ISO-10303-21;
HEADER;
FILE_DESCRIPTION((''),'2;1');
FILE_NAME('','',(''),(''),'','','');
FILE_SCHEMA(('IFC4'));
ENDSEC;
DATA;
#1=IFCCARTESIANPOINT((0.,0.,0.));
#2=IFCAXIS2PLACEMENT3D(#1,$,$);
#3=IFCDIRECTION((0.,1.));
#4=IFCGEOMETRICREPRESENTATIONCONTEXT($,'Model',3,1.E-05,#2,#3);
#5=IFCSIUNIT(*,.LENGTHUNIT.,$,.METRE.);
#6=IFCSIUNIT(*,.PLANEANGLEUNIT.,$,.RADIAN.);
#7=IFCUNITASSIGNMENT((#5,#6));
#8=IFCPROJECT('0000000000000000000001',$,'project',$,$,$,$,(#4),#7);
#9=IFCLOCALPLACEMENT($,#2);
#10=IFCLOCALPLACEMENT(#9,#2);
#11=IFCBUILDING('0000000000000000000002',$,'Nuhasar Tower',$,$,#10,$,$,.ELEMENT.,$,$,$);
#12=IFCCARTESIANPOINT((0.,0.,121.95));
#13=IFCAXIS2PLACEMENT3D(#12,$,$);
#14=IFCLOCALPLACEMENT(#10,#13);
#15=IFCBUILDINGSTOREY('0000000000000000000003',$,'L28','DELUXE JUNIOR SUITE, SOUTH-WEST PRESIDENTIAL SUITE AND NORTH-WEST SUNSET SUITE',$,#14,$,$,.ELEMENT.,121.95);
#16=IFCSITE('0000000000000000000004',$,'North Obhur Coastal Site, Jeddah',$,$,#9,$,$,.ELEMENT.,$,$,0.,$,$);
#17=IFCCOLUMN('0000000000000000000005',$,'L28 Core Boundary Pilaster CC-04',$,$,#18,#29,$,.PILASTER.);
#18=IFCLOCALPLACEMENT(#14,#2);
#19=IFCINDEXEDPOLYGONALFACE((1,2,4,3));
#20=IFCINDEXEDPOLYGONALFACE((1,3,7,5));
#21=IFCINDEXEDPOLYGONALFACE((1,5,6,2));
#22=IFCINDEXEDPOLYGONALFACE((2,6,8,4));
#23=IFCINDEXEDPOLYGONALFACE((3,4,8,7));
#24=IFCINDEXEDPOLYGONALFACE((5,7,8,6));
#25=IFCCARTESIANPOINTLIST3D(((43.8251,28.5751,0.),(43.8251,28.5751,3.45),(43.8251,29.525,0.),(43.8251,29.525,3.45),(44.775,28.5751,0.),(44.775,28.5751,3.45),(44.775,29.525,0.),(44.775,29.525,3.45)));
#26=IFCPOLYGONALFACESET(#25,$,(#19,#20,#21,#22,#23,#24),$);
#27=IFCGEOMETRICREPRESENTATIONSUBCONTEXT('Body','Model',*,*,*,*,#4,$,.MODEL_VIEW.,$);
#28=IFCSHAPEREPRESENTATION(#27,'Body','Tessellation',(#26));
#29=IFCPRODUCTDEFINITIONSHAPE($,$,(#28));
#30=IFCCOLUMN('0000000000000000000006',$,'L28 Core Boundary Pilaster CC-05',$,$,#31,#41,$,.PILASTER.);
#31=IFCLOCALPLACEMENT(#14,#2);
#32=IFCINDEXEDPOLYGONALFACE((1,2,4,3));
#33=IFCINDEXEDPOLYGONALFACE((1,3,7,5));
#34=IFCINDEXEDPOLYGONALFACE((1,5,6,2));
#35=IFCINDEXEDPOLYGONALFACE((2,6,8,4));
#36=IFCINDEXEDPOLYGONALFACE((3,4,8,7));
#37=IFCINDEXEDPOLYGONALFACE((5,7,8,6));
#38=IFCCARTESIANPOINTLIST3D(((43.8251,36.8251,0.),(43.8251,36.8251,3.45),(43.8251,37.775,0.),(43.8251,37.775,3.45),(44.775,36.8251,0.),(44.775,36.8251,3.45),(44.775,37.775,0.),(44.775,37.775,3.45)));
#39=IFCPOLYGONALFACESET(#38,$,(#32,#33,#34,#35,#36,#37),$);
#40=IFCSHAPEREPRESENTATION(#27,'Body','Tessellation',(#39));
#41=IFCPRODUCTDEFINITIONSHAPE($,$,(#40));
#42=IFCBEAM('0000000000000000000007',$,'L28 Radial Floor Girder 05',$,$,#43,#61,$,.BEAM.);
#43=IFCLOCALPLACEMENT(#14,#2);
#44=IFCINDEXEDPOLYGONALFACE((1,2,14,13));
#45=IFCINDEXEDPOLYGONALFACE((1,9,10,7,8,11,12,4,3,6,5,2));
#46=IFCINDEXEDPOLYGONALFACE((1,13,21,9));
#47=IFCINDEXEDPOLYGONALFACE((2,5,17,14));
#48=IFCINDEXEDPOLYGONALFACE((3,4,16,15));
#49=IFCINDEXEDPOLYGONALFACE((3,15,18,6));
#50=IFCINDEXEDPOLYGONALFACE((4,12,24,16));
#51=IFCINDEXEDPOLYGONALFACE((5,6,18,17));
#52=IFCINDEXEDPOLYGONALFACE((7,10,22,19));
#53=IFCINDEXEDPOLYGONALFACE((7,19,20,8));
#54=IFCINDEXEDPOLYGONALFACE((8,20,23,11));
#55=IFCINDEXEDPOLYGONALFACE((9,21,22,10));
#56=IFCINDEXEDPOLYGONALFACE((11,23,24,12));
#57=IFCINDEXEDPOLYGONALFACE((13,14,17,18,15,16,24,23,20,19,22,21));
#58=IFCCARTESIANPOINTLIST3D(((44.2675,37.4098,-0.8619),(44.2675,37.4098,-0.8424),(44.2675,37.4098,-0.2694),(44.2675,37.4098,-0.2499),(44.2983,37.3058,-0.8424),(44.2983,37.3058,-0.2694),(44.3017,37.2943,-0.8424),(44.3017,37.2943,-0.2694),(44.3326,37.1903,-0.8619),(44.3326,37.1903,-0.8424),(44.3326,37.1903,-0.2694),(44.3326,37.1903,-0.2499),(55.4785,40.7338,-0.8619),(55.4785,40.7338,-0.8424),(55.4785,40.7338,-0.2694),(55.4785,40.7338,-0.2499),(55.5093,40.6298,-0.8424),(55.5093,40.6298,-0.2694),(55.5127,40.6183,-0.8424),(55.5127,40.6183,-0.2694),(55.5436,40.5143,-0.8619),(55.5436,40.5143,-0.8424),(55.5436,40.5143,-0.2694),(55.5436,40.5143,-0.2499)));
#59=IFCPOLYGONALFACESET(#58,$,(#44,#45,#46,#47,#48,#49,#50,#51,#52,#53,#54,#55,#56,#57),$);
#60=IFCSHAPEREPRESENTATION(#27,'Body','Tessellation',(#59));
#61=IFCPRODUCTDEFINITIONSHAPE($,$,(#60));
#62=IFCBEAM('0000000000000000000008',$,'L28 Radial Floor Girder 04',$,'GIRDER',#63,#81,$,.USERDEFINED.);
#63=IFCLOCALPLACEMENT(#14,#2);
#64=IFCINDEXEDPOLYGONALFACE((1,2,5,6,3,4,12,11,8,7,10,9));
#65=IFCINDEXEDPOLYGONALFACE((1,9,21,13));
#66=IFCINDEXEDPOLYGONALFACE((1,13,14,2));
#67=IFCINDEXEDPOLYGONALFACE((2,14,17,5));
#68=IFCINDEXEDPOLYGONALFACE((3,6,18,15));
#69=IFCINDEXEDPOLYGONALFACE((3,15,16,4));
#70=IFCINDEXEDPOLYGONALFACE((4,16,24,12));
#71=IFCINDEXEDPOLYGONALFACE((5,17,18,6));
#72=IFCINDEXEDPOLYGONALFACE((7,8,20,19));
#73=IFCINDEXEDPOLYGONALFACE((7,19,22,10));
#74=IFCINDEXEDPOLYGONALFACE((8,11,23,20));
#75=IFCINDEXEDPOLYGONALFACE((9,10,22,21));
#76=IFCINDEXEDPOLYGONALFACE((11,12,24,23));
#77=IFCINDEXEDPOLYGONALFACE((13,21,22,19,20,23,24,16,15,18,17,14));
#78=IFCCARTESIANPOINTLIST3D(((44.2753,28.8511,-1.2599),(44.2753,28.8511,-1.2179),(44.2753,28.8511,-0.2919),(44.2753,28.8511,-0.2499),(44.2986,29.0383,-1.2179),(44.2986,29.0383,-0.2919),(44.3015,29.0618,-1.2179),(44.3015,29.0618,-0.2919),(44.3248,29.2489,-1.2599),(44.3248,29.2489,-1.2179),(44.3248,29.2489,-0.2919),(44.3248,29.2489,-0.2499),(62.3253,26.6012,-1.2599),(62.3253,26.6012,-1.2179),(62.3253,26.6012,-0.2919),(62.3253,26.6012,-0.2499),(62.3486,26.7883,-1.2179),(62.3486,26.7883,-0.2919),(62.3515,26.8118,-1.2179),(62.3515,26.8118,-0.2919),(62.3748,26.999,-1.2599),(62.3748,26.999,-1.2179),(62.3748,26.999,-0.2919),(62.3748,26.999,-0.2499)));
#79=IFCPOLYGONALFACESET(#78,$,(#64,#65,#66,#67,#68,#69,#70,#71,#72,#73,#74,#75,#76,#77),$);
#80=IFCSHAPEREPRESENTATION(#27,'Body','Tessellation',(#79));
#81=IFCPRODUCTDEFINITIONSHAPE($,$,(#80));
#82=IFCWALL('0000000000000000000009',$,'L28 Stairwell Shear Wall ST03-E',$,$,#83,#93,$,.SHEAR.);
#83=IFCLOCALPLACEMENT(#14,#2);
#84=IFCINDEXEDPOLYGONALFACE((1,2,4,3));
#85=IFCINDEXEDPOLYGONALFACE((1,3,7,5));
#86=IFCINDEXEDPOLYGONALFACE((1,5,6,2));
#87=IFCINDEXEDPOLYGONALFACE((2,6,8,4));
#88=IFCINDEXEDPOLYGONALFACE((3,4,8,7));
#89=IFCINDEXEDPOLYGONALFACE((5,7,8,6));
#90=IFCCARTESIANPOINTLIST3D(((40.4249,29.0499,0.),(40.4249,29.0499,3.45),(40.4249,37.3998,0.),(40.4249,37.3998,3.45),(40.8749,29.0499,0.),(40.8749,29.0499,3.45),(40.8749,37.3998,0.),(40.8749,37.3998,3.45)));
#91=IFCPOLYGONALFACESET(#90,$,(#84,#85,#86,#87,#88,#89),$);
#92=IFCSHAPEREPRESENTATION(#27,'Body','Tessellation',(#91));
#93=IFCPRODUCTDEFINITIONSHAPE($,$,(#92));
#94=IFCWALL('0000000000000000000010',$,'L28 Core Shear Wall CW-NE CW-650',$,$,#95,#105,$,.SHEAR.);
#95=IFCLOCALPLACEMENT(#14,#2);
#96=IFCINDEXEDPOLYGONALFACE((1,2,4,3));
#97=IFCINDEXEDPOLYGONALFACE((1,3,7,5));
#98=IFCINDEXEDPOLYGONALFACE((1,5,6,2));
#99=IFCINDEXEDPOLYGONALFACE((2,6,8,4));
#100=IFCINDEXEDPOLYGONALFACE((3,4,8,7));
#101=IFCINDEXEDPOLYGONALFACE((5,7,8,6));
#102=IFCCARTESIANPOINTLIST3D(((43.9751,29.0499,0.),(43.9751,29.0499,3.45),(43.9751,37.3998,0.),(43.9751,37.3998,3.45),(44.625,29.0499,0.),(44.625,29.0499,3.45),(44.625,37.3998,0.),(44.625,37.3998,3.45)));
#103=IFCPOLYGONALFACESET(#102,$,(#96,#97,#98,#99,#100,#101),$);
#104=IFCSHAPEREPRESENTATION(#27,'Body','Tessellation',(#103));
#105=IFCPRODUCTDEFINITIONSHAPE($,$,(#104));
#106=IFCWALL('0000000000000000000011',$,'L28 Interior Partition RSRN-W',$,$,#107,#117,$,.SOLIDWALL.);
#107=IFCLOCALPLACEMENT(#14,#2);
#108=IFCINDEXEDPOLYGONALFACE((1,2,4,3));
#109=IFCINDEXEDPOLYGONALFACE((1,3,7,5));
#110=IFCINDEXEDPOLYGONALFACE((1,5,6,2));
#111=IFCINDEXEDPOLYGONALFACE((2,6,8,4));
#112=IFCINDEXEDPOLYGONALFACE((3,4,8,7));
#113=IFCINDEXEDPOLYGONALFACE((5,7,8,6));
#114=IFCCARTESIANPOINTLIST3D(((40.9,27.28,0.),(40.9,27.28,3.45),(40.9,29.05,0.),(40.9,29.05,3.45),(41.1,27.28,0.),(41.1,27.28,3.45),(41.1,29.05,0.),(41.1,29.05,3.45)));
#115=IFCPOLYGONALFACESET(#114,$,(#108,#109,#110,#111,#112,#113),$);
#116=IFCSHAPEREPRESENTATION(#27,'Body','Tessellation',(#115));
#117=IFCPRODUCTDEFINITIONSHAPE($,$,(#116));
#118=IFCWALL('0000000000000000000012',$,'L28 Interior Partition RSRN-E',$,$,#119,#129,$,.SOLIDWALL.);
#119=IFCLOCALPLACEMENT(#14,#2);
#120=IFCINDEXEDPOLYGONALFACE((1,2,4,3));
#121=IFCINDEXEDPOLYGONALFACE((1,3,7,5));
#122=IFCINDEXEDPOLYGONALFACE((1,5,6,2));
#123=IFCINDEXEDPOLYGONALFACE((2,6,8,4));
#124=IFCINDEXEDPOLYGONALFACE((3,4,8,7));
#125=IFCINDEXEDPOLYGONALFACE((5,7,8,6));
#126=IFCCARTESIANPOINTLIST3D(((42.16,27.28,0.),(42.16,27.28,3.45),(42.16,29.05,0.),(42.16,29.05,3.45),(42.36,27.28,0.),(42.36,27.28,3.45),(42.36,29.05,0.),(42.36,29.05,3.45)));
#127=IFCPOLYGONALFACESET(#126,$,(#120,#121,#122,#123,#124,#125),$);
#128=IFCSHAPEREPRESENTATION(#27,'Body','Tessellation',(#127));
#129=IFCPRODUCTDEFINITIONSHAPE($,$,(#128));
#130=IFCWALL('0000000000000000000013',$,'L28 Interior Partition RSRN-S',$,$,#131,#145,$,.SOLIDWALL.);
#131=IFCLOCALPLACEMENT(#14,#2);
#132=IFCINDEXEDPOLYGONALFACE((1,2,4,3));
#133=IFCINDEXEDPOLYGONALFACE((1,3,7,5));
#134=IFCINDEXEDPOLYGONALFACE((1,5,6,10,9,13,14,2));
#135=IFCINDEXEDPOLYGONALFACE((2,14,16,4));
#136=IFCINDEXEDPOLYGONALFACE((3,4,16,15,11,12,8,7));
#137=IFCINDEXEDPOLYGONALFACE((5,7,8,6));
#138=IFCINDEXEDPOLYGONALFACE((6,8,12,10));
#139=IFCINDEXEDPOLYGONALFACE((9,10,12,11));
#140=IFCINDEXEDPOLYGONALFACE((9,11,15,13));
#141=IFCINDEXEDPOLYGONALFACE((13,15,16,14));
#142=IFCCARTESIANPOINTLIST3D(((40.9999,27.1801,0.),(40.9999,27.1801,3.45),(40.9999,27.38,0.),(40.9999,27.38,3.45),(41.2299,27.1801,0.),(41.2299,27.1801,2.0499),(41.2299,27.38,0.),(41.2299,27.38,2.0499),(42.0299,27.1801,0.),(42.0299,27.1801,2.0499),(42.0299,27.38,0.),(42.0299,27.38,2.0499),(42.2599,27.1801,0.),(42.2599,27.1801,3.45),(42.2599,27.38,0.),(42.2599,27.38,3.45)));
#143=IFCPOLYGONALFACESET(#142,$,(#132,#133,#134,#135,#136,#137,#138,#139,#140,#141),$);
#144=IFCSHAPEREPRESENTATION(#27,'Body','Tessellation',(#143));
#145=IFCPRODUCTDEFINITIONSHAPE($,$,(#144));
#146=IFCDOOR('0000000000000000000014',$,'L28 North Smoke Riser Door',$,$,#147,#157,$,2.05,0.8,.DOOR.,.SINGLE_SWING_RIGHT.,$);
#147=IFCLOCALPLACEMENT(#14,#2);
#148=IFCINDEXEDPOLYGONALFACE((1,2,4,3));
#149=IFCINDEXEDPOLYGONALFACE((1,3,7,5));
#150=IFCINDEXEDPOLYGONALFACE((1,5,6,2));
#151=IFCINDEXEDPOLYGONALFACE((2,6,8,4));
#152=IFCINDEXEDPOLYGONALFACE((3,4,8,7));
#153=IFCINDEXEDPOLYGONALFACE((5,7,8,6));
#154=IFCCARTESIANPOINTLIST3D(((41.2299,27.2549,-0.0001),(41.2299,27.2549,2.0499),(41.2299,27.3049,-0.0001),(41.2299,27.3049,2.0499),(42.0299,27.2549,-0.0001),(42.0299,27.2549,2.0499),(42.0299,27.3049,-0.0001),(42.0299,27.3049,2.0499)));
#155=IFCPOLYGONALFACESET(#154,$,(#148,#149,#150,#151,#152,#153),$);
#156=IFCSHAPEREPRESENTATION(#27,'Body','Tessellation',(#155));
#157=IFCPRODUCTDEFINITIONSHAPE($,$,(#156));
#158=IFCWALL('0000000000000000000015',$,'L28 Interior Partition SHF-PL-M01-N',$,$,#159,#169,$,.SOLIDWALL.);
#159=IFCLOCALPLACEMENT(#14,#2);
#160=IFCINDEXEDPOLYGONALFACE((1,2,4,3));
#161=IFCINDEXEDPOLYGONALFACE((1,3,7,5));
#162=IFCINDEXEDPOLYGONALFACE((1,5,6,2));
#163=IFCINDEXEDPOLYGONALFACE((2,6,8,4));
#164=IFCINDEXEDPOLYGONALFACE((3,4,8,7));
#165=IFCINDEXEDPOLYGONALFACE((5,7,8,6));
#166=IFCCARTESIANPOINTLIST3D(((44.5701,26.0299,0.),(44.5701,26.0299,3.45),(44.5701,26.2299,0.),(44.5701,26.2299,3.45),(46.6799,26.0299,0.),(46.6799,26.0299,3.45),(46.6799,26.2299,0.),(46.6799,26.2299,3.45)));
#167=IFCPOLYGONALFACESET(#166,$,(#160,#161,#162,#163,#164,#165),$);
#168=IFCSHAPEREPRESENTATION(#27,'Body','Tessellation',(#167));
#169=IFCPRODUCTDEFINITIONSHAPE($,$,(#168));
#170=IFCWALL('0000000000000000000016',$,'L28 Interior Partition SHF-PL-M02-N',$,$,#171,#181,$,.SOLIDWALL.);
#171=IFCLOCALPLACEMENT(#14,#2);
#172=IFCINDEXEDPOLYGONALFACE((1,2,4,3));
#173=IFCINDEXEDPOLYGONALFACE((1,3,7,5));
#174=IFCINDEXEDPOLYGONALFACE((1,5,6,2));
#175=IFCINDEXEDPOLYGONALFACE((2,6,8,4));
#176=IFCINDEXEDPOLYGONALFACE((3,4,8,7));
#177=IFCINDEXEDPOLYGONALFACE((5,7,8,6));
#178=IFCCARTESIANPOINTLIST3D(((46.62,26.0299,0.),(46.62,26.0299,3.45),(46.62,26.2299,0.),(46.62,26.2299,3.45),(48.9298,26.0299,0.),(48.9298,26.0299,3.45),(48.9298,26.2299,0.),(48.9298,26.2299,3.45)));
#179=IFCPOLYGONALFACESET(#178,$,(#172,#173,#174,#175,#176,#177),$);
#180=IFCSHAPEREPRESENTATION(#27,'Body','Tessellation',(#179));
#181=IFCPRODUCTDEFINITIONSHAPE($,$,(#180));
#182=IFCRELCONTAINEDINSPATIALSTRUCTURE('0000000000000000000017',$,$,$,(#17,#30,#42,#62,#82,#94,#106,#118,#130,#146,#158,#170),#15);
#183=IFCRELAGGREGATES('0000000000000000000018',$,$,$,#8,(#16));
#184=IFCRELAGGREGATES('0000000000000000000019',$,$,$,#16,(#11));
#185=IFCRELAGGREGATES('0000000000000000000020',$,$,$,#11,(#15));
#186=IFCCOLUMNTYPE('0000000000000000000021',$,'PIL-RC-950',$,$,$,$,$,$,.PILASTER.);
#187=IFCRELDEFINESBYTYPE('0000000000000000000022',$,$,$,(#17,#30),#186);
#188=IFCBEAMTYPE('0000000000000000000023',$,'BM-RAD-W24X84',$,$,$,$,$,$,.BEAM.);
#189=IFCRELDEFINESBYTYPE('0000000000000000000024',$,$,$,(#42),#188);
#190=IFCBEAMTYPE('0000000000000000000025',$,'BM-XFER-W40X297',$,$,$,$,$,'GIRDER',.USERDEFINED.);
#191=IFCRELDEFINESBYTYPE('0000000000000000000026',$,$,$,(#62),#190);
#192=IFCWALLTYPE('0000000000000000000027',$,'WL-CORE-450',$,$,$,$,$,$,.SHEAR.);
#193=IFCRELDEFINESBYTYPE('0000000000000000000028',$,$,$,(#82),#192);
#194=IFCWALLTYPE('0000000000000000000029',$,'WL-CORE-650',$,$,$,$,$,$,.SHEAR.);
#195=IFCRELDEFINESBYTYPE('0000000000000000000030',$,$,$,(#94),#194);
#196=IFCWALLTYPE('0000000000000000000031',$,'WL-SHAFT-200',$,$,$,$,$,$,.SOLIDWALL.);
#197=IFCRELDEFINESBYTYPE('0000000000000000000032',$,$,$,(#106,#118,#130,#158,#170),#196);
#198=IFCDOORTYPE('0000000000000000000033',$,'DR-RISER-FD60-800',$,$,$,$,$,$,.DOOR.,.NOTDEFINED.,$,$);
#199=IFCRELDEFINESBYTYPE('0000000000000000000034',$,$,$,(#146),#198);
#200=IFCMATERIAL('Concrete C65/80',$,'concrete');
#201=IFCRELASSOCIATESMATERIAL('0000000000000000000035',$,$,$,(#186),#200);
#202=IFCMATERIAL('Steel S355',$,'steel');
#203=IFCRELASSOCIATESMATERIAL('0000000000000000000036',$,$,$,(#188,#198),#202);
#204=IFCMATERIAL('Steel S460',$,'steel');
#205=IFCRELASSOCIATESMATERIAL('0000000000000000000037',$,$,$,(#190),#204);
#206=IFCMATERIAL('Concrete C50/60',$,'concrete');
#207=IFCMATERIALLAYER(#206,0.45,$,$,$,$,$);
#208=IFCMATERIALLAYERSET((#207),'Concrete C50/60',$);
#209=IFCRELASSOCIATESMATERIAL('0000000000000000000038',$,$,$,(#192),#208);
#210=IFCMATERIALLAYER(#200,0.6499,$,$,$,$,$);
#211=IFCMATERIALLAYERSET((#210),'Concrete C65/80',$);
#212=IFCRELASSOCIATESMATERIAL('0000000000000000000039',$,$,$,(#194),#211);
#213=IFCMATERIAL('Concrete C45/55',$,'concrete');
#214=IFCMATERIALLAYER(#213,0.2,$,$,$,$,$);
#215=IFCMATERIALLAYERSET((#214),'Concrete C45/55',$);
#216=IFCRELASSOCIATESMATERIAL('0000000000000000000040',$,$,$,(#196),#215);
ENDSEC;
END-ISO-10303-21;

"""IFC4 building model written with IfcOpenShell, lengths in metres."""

from ifc_helpers import new_model, si_unit, direction, frame, frame_2d, origin, origin_2d, place, context, subcontext, project, spatial, rectangle, i_section, extrude, material, layer, layer_set, material_profile, profile_set, type_object, element, fill, save


model = new_model("IFC4")

# Units and contexts
model_context = context("Model", 3, precision=1e-05, world=origin(), true_north=direction((0.0, 1.0)))
body_context = subcontext(model_context, "Body", "Model", "MODEL_VIEW")
ifc_project = project(units=[si_unit("LENGTHUNIT", "METRE"), si_unit("PLANEANGLEUNIT", "RADIAN")], contexts=[model_context])

# Site, building, storey
site_placement = place(None, origin())
site = spatial("IfcSite", under=ifc_project, at=site_placement, Name="North Obhur Coastal Site, Jeddah", CompositionType="ELEMENT", RefElevation=0.0)
building_placement = place(site_placement, origin())
building = spatial("IfcBuilding", under=site, at=building_placement, Name="Nuhasar Tower", CompositionType="ELEMENT")
storey_placement = place(building_placement, frame((0.0, 0.0, 121.95)))
storey = spatial("IfcBuildingStorey", under=building, at=storey_placement, Name="L28", Description="DELUXE JUNIOR SUITE, SOUTH-WEST PRESIDENTIAL SUITE AND NORTH-WEST SUNSET SUITE", CompositionType="ELEMENT", Elevation=121.95)

# Columns
ifc_material_1 = material(Name="Concrete C65/80", Category="concrete")
ifc_material_profile_1 = material_profile(ifc_material_1, rectangle(XDim=0.95, YDim=0.95, at=origin_2d()), Name="RC950X950")
ifc_profile_set_1 = profile_set([ifc_material_profile_1], Name="Concrete C65/80")
column_type = type_object("IfcColumnType", Name="PIL-RC-950", PredefinedType="PILASTER", material=ifc_profile_set_1)
for number, where, z_axis, x_axis, name in (
    (1, (44.3, 29.05, 0.0), (0.0, 0.0, 1.0), (1.0, 0.0, 0.0), "L28 Core Boundary Pilaster CC-04"),
    (2, (44.3, 37.3, 0.0), (0.0, 0.0, 1.0), (1.0, 0.0, 0.0), "L28 Core Boundary Pilaster CC-05"),
):
    element("IfcColumn", number, at=place(storey_placement, frame(where, z_axis=z_axis, x_axis=x_axis)), inside=storey, type_object=column_type, Name=name, PredefinedType="PILASTER", context=body_context, shape_type="SweptSolid", body=[
        extrude(rectangle(XDim=0.95, YDim=0.95, at=origin_2d()), origin(), (0.0, 0.0, 1.0), 3.45),
    ])

# Beams
ifc_material_2 = material(Name="Steel S355", Category="steel")
ifc_material_profile_2 = material_profile(ifc_material_2, i_section(OverallWidth=0.229, OverallDepth=0.6121, WebThickness=0.012, FlangeThickness=0.0195, at=origin_2d()), Name="W24X84")
ifc_profile_set_2 = profile_set([ifc_material_profile_2], Name="Steel S355")
beam_type_1 = type_object("IfcBeamType", Name="BM-RAD-W24X84", PredefinedType="BEAM", material=ifc_profile_set_2)
beam_1_placement = place(storey_placement, frame((44.3, 37.3, -0.5559), z_axis=(0.958746, 0.284262, 0.0), x_axis=(-0.284262, 0.958746, 0.0)))
element("IfcBeam", 3, at=beam_1_placement, inside=storey, type_object=beam_type_1, Name="L28 Radial Floor Girder 05", PredefinedType="BEAM", context=body_context, shape_type="SweptSolid", body=[
    extrude(i_section(OverallWidth=0.229, OverallDepth=0.6121, WebThickness=0.012, FlangeThickness=0.0195, at=origin_2d()), origin(), (0.0, 0.0, 1.0), 11.6934),
])
ifc_material_3 = material(Name="Steel S460", Category="steel")
ifc_material_profile_3 = material_profile(ifc_material_3, i_section(OverallWidth=0.4009, OverallDepth=1.01, WebThickness=0.0237, FlangeThickness=0.042, at=origin_2d()), Name="W40X297")
ifc_profile_set_3 = profile_set([ifc_material_profile_3], Name="Steel S460")
beam_type_2 = type_object("IfcBeamType", Name="BM-XFER-W40X297", ElementType="GIRDER", PredefinedType="USERDEFINED", material=ifc_profile_set_3)
beam_2_placement = place(storey_placement, frame((44.3, 29.05, -0.7549), z_axis=(0.99232, -0.123696, 0.0), x_axis=(0.123696, 0.99232, 0.0)))
element("IfcBeam", 4, at=beam_2_placement, inside=storey, type_object=beam_type_2, Name="L28 Radial Floor Girder 04", ObjectType="GIRDER", PredefinedType="USERDEFINED", context=body_context, shape_type="SweptSolid", body=[
    extrude(i_section(OverallWidth=0.4009, OverallDepth=1.01, WebThickness=0.0237, FlangeThickness=0.042, at=origin_2d()), origin(), (0.0, 0.0, 1.0), 18.1897),
])

# Shared definitions
ifc_material_4 = material(Name="Concrete C50/60", Category="concrete")
ifc_layer_1 = layer(ifc_material_4, 0.45)
ifc_layer_set_1 = layer_set([ifc_layer_1], Name="Concrete C50/60")
wall_type_1 = type_object("IfcWallType", Name="WL-CORE-450", PredefinedType="SHEAR", material=ifc_layer_set_1)

# Walls
wall_1_placement = place(storey_placement, frame((40.6499, 29.05, 0.0), z_axis=(0.0, 0.0, 1.0), x_axis=(0.0, 1.0, 0.0)))
element("IfcWall", 5, at=wall_1_placement, inside=storey, type_object=wall_type_1, Name="L28 Stairwell Shear Wall ST03-E", PredefinedType="SHEAR", context=body_context, shape_type="SweptSolid", body=[
    extrude(rectangle(XDim=8.3499, YDim=0.45, at=frame_2d((4.1748, 0.0))), origin(), (0.0, 0.0, 1.0), 3.45),
])
ifc_layer_2 = layer(ifc_material_1, 0.6499)
ifc_layer_set_2 = layer_set([ifc_layer_2], Name="Concrete C65/80")
wall_type_2 = type_object("IfcWallType", Name="WL-CORE-650", PredefinedType="SHEAR", material=ifc_layer_set_2)
wall_2_placement = place(storey_placement, frame((44.3, 29.05, 0.0), z_axis=(0.0, 0.0, 1.0), x_axis=(0.0, 1.0, 0.0)))
element("IfcWall", 6, at=wall_2_placement, inside=storey, type_object=wall_type_2, Name="L28 Core Shear Wall CW-NE CW-650", PredefinedType="SHEAR", context=body_context, shape_type="SweptSolid", body=[
    extrude(rectangle(XDim=8.3499, YDim=0.6499, at=frame_2d((4.1748, 0.0))), origin(), (0.0, 0.0, 1.0), 3.45),
])
ifc_material_5 = material(Name="Concrete C45/55", Category="concrete")
ifc_layer_3 = layer(ifc_material_5, 0.2)
ifc_layer_set_3 = layer_set([ifc_layer_3], Name="Concrete C45/55")
wall_type_3 = type_object("IfcWallType", Name="WL-SHAFT-200", PredefinedType="SOLIDWALL", material=ifc_layer_set_3)
for number, where, z_axis, x_axis, name in (
    (7, (41.0, 27.28, 0.0), (0.0, 0.0, 1.0), (0.0, 1.0, 0.0), "L28 Interior Partition RSRN-W"),
    (8, (42.26, 27.28, 0.0), (0.0, 0.0, 1.0), (0.0, 1.0, 0.0), "L28 Interior Partition RSRN-E"),
):
    element("IfcWall", number, at=place(storey_placement, frame(where, z_axis=z_axis, x_axis=x_axis)), inside=storey, type_object=wall_type_3, Name=name, PredefinedType="SOLIDWALL", context=body_context, shape_type="SweptSolid", body=[
        extrude(rectangle(XDim=1.77, YDim=0.2, at=frame_2d((0.885, 0.0))), origin(), (0.0, 0.0, 1.0), 3.45),
    ])

# Wall, opening, door
wall_3_placement = place(storey_placement, frame((41.0, 27.28, 0.0), z_axis=(0.0, 0.0, 1.0), x_axis=(1.0, 0.0, 0.0)))
wall_3 = element("IfcWall", 9, at=wall_3_placement, inside=storey, type_object=wall_type_3, Name="L28 Interior Partition RSRN-S", PredefinedType="SOLIDWALL", context=body_context, shape_type="SweptSolid", body=[
    extrude(rectangle(XDim=1.26, YDim=0.2, at=frame_2d((0.6299, 0.0))), origin(), (0.0, 0.0, 1.0), 3.45),
])
opening_1_placement = place(wall_3_placement, frame((0.23, 0.0, 0.0)))
opening_1 = element("IfcOpeningElement", 10, at=opening_1_placement, cuts=wall_3, PredefinedType="OPENING", context=body_context, shape_type="SweptSolid", body=[
    extrude(rectangle(XDim=0.8, YDim=2.05, at=frame_2d((0.3999, 1.0249))), frame((0.0, 0.1099, 0.0), z_axis=(0.0, -1.0, 0.0), x_axis=(1.0, 0.0, 0.0)), (0.0, 0.0, 1.0), 0.22),
])
door_type_1 = type_object("IfcDoorType", Name="DR-RISER-FD60-800", OperationType="NOTDEFINED", PredefinedType="DOOR", material=ifc_material_2)
door_1_placement = place(opening_1_placement, origin())
door_1 = element("IfcDoor", 11, at=door_1_placement, inside=storey, type_object=door_type_1, Name="L28 North Smoke Riser Door", OperationType="SINGLE_SWING_RIGHT", OverallHeight=2.05, OverallWidth=0.8, PredefinedType="DOOR", context=body_context, shape_type="SweptSolid", body=[
    extrude(rectangle(XDim=0.8, YDim=2.05, at=frame_2d((0.3999, 1.0249))), frame((0.0, 0.0249, 0.0), z_axis=(0.0, -1.0, 0.0), x_axis=(1.0, 0.0, 0.0)), (0.0, 0.0, 1.0), 0.05),
])
fill(opening_1, door_1)

# Walls
wall_4_placement = place(storey_placement, frame((44.5701, 26.1299, 0.0), z_axis=(0.0, 0.0, 1.0), x_axis=(1.0, 0.0, 0.0)))
element("IfcWall", 12, at=wall_4_placement, inside=storey, type_object=wall_type_3, Name="L28 Interior Partition SHF-PL-M01-N", PredefinedType="SOLIDWALL", context=body_context, shape_type="SweptSolid", body=[
    extrude(rectangle(XDim=2.1099, YDim=0.2, at=frame_2d((1.0549, 0.0))), origin(), (0.0, 0.0, 1.0), 3.45),
])
wall_5_placement = place(storey_placement, frame((46.6201, 26.1299, 0.0), z_axis=(0.0, 0.0, 1.0), x_axis=(1.0, 0.0, 0.0)))
element("IfcWall", 13, at=wall_5_placement, inside=storey, type_object=wall_type_3, Name="L28 Interior Partition SHF-PL-M02-N", PredefinedType="SOLIDWALL", context=body_context, shape_type="SweptSolid", body=[
    extrude(rectangle(XDim=2.3098, YDim=0.2, at=frame_2d((1.1548, 0.0))), origin(), (0.0, 0.0, 1.0), 3.45),
])

save(model, "model.ifc")
